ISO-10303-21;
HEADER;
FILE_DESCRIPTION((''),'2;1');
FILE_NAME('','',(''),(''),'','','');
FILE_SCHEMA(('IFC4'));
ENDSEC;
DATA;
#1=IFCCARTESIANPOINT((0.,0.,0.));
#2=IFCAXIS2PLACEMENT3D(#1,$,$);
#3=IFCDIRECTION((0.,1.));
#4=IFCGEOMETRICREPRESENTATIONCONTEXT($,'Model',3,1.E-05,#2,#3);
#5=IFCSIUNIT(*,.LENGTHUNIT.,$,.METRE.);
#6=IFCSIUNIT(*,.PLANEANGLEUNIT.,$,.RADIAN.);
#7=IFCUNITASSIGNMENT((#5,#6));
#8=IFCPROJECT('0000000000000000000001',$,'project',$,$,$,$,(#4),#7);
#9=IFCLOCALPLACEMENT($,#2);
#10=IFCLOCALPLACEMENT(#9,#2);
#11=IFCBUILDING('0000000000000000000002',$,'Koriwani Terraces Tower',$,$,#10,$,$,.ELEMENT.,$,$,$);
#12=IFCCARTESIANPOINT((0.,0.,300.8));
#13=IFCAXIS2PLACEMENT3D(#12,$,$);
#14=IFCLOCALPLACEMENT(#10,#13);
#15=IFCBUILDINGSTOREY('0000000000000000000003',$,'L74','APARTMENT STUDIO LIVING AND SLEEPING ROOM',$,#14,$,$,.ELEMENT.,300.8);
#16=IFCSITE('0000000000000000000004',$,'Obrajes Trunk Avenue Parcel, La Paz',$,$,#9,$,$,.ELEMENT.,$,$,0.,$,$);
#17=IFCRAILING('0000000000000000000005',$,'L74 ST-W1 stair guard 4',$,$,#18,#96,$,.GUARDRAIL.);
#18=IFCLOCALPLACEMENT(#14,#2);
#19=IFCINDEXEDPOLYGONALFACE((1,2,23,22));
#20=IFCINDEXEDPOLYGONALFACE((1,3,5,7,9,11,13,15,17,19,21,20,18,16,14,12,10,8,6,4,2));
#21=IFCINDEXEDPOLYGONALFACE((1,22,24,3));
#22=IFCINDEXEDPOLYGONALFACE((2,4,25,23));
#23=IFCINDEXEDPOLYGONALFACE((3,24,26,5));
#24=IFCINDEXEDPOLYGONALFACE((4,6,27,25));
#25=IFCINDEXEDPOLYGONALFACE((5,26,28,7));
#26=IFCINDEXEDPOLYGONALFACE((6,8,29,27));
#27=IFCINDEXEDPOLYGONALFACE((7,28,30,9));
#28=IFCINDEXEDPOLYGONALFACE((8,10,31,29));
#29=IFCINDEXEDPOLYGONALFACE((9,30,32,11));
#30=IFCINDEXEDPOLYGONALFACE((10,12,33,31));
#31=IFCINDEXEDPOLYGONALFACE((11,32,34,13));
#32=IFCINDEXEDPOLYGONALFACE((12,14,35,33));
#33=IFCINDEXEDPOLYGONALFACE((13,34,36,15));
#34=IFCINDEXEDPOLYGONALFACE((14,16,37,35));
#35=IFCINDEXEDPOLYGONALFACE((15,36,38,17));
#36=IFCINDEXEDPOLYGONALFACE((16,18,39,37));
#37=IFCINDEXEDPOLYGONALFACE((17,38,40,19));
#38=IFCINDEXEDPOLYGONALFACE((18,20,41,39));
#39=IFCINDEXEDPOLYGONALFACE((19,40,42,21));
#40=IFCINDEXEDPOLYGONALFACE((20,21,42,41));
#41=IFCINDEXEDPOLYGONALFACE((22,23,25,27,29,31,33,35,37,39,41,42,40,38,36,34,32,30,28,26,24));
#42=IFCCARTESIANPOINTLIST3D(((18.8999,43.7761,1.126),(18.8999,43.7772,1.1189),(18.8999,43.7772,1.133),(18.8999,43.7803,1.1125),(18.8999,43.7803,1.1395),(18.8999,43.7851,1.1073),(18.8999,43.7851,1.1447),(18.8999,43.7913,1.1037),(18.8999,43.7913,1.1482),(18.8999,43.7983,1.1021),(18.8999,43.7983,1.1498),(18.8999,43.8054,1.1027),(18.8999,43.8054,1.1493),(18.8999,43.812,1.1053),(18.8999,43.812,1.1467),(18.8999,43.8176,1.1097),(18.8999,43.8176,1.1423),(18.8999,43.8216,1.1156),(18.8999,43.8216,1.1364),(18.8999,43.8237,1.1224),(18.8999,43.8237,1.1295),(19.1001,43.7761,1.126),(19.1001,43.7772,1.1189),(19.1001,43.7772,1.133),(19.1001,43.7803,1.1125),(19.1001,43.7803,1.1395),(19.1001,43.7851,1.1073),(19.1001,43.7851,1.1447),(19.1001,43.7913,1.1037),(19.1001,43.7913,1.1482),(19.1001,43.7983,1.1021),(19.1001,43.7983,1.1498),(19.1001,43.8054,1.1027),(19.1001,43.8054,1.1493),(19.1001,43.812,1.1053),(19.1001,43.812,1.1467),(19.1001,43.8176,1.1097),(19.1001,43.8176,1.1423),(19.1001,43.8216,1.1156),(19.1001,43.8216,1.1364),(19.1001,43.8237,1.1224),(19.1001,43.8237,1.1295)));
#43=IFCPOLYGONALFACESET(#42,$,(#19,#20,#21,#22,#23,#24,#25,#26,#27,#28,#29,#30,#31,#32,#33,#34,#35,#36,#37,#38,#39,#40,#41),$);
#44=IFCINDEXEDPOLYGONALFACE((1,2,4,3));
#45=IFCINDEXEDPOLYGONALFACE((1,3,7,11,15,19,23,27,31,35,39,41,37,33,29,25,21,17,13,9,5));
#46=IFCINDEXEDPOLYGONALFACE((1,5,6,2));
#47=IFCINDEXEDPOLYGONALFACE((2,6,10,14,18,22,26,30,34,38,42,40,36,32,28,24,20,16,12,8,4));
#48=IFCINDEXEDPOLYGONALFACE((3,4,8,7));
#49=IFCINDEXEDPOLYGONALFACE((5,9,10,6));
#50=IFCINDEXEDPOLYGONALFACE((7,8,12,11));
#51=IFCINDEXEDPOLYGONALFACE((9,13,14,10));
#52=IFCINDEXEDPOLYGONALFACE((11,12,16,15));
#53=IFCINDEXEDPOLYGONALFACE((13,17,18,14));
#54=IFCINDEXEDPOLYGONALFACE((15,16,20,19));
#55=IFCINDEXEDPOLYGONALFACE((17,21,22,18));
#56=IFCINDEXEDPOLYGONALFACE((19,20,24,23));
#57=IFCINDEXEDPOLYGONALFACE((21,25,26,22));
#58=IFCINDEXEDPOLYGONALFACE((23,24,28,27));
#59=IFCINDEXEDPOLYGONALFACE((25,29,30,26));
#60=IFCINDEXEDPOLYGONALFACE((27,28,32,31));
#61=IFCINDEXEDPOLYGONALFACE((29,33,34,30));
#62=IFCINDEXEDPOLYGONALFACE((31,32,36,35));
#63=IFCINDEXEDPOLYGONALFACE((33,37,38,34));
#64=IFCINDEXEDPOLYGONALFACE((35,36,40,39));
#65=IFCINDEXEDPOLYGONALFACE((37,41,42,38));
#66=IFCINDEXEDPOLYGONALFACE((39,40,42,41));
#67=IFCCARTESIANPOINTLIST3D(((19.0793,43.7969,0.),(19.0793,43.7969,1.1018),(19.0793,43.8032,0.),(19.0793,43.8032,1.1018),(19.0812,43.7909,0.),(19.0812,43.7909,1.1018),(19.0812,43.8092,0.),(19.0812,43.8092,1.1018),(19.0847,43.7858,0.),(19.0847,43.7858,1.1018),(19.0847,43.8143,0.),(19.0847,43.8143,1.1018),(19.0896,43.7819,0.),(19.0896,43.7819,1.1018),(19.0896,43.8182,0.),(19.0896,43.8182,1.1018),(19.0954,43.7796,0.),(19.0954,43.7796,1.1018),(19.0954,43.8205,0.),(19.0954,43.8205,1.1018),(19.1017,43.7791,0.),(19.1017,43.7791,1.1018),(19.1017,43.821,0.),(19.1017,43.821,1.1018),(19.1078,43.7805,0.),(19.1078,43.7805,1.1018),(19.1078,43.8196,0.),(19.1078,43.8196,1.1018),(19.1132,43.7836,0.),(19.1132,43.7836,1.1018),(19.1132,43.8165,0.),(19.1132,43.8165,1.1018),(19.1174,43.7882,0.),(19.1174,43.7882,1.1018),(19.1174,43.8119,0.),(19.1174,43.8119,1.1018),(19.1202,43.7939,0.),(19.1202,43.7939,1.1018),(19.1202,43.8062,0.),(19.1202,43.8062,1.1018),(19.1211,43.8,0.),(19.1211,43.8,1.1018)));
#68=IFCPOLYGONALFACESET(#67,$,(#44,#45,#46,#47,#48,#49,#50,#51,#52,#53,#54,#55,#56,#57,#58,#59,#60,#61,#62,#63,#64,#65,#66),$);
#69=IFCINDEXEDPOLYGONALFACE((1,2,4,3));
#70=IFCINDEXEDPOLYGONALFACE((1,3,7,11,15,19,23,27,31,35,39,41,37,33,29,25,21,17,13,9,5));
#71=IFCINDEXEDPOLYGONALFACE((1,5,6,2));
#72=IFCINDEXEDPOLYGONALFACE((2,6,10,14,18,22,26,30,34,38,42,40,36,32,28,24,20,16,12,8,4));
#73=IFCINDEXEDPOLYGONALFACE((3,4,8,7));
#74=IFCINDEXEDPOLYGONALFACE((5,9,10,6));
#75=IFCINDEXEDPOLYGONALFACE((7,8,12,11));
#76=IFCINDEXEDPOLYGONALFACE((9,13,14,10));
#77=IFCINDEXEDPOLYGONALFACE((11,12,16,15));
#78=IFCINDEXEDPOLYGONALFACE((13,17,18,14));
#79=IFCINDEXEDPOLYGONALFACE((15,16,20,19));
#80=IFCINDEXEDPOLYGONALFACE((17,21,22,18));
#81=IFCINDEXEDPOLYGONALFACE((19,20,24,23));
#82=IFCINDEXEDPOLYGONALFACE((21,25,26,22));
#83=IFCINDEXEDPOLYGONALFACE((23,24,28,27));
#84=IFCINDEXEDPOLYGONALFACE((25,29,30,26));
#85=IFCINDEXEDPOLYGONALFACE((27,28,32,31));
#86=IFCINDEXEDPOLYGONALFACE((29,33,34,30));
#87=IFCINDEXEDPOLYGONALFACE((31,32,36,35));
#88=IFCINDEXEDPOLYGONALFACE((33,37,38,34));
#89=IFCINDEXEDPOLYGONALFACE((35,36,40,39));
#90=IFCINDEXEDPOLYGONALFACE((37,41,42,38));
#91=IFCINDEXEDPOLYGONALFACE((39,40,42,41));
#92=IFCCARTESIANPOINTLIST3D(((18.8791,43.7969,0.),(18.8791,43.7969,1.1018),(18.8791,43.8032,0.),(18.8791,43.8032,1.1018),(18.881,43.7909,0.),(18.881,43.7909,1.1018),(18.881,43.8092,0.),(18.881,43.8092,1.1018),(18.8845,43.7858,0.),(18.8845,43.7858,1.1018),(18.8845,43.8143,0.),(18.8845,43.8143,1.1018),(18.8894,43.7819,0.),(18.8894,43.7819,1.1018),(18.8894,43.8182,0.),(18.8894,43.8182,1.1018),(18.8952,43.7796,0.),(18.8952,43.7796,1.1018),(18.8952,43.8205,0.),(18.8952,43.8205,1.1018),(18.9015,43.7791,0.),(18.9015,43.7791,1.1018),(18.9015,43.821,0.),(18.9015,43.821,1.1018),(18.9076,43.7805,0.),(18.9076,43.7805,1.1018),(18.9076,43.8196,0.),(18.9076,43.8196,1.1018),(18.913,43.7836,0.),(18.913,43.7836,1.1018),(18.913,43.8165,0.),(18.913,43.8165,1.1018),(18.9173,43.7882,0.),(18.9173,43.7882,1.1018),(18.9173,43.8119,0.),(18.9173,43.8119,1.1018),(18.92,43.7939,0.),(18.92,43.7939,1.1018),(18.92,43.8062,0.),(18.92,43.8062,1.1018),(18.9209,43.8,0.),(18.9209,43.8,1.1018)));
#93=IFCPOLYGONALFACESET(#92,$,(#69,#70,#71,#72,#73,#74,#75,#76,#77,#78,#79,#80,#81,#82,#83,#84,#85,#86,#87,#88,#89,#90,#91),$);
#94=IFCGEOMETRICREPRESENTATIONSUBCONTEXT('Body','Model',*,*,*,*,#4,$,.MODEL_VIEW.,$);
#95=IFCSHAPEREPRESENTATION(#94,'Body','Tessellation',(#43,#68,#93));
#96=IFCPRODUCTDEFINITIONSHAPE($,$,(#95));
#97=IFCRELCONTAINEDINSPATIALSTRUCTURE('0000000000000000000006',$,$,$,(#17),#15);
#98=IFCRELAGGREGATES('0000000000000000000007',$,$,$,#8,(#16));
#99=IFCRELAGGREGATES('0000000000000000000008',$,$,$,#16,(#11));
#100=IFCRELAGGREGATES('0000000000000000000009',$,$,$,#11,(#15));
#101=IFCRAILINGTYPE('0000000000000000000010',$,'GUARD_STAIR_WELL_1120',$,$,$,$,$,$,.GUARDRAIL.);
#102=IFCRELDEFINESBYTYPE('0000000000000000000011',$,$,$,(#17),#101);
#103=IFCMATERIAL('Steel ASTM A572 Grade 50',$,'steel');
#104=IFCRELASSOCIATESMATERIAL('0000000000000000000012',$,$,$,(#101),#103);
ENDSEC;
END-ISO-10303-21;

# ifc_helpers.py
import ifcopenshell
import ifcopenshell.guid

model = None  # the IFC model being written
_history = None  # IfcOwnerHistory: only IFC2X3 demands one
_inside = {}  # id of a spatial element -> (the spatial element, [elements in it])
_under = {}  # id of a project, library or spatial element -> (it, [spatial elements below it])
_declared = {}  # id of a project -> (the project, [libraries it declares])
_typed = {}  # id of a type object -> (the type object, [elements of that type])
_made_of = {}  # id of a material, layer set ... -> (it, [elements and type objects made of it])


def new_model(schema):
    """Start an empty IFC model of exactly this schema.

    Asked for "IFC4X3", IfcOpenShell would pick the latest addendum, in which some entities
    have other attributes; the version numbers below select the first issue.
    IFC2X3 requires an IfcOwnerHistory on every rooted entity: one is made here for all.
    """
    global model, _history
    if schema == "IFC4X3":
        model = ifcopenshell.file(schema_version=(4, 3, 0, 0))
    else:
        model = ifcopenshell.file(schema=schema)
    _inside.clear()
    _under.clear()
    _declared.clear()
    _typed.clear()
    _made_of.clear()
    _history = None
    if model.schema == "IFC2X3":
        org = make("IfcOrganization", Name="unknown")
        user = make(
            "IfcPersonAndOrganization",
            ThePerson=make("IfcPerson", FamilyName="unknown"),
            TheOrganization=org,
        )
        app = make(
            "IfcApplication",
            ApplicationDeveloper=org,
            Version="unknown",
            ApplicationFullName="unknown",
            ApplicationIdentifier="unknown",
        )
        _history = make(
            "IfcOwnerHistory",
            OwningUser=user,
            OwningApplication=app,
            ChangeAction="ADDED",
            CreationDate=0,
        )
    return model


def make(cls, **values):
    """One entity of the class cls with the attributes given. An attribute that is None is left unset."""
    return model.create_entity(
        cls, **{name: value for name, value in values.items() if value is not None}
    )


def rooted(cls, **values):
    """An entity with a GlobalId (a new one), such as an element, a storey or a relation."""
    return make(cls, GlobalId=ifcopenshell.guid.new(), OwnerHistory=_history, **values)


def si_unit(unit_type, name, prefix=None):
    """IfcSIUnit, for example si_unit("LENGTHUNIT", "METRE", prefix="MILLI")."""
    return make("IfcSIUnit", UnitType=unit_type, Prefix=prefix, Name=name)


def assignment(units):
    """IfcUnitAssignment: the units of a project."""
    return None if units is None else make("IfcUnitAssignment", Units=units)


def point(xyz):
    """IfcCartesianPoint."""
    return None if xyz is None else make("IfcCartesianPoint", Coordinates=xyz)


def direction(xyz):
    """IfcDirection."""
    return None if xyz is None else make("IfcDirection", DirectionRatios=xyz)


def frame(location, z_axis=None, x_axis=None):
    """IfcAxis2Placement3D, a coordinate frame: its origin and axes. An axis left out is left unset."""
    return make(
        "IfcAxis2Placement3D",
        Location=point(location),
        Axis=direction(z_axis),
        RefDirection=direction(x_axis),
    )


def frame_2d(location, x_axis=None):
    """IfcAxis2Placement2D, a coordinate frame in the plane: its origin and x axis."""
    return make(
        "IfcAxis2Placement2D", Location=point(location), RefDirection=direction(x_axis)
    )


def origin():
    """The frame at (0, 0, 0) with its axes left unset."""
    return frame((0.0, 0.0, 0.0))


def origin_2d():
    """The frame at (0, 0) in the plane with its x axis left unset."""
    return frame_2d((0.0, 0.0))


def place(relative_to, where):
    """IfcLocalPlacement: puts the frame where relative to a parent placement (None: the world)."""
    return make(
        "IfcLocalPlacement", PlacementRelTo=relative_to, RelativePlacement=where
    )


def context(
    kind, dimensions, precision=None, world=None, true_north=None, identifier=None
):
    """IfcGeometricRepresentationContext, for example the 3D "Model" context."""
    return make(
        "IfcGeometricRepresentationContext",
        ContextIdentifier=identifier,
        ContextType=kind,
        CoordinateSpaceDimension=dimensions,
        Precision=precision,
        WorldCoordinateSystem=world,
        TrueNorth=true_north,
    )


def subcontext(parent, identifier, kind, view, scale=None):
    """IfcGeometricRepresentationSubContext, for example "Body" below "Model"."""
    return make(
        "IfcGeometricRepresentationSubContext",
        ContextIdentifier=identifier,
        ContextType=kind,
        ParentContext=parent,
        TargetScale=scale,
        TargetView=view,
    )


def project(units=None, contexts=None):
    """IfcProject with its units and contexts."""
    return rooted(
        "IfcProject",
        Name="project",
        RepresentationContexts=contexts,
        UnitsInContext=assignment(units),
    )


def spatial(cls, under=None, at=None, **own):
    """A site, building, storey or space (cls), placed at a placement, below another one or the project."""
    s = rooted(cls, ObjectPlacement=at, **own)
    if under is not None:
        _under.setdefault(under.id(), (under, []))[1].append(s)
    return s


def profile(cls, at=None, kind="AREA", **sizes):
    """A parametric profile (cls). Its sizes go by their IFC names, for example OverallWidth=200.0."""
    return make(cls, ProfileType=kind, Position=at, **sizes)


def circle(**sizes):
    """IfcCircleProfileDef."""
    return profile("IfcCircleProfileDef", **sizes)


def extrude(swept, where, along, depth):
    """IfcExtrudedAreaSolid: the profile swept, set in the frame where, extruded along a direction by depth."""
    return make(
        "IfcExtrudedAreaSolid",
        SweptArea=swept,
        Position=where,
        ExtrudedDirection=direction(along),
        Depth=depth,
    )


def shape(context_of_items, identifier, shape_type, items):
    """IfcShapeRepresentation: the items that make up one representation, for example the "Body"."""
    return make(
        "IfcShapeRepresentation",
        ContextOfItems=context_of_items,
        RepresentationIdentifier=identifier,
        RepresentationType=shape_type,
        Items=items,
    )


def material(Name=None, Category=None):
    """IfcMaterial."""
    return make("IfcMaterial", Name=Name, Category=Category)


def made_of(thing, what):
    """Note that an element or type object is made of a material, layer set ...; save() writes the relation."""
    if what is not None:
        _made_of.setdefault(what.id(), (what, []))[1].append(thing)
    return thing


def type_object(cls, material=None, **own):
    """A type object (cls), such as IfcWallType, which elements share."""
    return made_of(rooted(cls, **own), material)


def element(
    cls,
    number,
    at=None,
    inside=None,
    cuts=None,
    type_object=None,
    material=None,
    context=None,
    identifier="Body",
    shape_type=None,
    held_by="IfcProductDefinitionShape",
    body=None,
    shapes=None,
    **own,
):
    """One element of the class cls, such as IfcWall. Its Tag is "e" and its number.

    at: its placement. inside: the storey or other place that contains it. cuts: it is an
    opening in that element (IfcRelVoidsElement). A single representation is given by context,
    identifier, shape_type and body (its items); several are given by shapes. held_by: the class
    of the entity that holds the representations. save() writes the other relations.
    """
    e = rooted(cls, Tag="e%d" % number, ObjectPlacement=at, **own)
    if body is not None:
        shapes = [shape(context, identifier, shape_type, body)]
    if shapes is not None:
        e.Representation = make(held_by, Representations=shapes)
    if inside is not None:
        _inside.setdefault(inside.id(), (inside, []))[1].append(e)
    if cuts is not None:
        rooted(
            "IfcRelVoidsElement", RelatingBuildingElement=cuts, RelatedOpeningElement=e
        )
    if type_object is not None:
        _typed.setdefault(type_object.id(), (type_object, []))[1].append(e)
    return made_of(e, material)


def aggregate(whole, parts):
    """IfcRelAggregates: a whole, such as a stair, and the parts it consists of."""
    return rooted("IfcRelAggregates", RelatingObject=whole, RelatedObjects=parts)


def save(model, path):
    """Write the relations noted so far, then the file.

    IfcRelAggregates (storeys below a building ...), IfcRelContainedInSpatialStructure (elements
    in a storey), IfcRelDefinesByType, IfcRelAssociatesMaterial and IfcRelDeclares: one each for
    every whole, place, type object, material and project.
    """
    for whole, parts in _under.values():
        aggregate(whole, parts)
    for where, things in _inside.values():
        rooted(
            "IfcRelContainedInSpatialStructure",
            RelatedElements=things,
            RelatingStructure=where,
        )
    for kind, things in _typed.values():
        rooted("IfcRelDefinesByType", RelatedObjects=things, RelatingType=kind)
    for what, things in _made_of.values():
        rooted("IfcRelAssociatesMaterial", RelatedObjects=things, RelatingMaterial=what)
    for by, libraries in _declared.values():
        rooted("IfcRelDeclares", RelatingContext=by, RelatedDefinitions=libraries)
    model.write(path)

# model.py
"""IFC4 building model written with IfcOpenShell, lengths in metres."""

from ifc_helpers import new_model, si_unit, direction, frame, origin, origin_2d, place, context, subcontext, project, spatial, circle, extrude, material, type_object, element, save


model = new_model("IFC4")

# Units and contexts
model_context = context("Model", 3, precision=1e-05, world=origin(), true_north=direction((0.0, 1.0)))
body_context = subcontext(model_context, "Body", "Model", "MODEL_VIEW")
ifc_project = project(units=[si_unit("LENGTHUNIT", "METRE"), si_unit("PLANEANGLEUNIT", "RADIAN")], contexts=[model_context])

# Site, building, storey
site_placement = place(None, origin())
site = spatial("IfcSite", under=ifc_project, at=site_placement, Name="Obrajes Trunk Avenue Parcel, La Paz", CompositionType="ELEMENT", RefElevation=0.0)
building_placement = place(site_placement, origin())
building = spatial("IfcBuilding", under=site, at=building_placement, Name="Koriwani Terraces Tower", CompositionType="ELEMENT")
storey_placement = place(building_placement, frame((0.0, 0.0, 300.8)))
storey = spatial("IfcBuildingStorey", under=building, at=storey_placement, Name="L74", Description="APARTMENT STUDIO LIVING AND SLEEPING ROOM", CompositionType="ELEMENT", Elevation=300.8)

# Shared definitions
ifc_material_1 = material(Name="Steel ASTM A572 Grade 50", Category="steel")

# Railing
railing_type_1 = type_object("IfcRailingType", Name="GUARD_STAIR_WELL_1120", PredefinedType="GUARDRAIL", material=ifc_material_1)
railing_1_placement = place(storey_placement, frame((19.1001, 43.8, 0.0)))
element("IfcRailing", 1, at=railing_1_placement, inside=storey, type_object=railing_type_1, Name="L74 ST-W1 stair guard 4", PredefinedType="GUARDRAIL", context=body_context, shape_type="SweptSolid", body=[
    extrude(circle(Radius=0.0239, at=origin_2d()), frame((0.0, 0.0, 1.126), z_axis=(-1.0, 0.0, 0.0), x_axis=(0.0, -1.0, 0.0)), (0.0, 0.0, 1.0), 0.2002),
    extrude(circle(Radius=0.021, at=origin_2d()), origin(), (0.0, 0.0, 1.0), 1.1018),
    extrude(circle(Radius=0.021, at=origin_2d()), frame((-0.2002, 0.0, 0.0)), (0.0, 0.0, 1.0), 1.1018),
])

save(model, "model.ifc")
